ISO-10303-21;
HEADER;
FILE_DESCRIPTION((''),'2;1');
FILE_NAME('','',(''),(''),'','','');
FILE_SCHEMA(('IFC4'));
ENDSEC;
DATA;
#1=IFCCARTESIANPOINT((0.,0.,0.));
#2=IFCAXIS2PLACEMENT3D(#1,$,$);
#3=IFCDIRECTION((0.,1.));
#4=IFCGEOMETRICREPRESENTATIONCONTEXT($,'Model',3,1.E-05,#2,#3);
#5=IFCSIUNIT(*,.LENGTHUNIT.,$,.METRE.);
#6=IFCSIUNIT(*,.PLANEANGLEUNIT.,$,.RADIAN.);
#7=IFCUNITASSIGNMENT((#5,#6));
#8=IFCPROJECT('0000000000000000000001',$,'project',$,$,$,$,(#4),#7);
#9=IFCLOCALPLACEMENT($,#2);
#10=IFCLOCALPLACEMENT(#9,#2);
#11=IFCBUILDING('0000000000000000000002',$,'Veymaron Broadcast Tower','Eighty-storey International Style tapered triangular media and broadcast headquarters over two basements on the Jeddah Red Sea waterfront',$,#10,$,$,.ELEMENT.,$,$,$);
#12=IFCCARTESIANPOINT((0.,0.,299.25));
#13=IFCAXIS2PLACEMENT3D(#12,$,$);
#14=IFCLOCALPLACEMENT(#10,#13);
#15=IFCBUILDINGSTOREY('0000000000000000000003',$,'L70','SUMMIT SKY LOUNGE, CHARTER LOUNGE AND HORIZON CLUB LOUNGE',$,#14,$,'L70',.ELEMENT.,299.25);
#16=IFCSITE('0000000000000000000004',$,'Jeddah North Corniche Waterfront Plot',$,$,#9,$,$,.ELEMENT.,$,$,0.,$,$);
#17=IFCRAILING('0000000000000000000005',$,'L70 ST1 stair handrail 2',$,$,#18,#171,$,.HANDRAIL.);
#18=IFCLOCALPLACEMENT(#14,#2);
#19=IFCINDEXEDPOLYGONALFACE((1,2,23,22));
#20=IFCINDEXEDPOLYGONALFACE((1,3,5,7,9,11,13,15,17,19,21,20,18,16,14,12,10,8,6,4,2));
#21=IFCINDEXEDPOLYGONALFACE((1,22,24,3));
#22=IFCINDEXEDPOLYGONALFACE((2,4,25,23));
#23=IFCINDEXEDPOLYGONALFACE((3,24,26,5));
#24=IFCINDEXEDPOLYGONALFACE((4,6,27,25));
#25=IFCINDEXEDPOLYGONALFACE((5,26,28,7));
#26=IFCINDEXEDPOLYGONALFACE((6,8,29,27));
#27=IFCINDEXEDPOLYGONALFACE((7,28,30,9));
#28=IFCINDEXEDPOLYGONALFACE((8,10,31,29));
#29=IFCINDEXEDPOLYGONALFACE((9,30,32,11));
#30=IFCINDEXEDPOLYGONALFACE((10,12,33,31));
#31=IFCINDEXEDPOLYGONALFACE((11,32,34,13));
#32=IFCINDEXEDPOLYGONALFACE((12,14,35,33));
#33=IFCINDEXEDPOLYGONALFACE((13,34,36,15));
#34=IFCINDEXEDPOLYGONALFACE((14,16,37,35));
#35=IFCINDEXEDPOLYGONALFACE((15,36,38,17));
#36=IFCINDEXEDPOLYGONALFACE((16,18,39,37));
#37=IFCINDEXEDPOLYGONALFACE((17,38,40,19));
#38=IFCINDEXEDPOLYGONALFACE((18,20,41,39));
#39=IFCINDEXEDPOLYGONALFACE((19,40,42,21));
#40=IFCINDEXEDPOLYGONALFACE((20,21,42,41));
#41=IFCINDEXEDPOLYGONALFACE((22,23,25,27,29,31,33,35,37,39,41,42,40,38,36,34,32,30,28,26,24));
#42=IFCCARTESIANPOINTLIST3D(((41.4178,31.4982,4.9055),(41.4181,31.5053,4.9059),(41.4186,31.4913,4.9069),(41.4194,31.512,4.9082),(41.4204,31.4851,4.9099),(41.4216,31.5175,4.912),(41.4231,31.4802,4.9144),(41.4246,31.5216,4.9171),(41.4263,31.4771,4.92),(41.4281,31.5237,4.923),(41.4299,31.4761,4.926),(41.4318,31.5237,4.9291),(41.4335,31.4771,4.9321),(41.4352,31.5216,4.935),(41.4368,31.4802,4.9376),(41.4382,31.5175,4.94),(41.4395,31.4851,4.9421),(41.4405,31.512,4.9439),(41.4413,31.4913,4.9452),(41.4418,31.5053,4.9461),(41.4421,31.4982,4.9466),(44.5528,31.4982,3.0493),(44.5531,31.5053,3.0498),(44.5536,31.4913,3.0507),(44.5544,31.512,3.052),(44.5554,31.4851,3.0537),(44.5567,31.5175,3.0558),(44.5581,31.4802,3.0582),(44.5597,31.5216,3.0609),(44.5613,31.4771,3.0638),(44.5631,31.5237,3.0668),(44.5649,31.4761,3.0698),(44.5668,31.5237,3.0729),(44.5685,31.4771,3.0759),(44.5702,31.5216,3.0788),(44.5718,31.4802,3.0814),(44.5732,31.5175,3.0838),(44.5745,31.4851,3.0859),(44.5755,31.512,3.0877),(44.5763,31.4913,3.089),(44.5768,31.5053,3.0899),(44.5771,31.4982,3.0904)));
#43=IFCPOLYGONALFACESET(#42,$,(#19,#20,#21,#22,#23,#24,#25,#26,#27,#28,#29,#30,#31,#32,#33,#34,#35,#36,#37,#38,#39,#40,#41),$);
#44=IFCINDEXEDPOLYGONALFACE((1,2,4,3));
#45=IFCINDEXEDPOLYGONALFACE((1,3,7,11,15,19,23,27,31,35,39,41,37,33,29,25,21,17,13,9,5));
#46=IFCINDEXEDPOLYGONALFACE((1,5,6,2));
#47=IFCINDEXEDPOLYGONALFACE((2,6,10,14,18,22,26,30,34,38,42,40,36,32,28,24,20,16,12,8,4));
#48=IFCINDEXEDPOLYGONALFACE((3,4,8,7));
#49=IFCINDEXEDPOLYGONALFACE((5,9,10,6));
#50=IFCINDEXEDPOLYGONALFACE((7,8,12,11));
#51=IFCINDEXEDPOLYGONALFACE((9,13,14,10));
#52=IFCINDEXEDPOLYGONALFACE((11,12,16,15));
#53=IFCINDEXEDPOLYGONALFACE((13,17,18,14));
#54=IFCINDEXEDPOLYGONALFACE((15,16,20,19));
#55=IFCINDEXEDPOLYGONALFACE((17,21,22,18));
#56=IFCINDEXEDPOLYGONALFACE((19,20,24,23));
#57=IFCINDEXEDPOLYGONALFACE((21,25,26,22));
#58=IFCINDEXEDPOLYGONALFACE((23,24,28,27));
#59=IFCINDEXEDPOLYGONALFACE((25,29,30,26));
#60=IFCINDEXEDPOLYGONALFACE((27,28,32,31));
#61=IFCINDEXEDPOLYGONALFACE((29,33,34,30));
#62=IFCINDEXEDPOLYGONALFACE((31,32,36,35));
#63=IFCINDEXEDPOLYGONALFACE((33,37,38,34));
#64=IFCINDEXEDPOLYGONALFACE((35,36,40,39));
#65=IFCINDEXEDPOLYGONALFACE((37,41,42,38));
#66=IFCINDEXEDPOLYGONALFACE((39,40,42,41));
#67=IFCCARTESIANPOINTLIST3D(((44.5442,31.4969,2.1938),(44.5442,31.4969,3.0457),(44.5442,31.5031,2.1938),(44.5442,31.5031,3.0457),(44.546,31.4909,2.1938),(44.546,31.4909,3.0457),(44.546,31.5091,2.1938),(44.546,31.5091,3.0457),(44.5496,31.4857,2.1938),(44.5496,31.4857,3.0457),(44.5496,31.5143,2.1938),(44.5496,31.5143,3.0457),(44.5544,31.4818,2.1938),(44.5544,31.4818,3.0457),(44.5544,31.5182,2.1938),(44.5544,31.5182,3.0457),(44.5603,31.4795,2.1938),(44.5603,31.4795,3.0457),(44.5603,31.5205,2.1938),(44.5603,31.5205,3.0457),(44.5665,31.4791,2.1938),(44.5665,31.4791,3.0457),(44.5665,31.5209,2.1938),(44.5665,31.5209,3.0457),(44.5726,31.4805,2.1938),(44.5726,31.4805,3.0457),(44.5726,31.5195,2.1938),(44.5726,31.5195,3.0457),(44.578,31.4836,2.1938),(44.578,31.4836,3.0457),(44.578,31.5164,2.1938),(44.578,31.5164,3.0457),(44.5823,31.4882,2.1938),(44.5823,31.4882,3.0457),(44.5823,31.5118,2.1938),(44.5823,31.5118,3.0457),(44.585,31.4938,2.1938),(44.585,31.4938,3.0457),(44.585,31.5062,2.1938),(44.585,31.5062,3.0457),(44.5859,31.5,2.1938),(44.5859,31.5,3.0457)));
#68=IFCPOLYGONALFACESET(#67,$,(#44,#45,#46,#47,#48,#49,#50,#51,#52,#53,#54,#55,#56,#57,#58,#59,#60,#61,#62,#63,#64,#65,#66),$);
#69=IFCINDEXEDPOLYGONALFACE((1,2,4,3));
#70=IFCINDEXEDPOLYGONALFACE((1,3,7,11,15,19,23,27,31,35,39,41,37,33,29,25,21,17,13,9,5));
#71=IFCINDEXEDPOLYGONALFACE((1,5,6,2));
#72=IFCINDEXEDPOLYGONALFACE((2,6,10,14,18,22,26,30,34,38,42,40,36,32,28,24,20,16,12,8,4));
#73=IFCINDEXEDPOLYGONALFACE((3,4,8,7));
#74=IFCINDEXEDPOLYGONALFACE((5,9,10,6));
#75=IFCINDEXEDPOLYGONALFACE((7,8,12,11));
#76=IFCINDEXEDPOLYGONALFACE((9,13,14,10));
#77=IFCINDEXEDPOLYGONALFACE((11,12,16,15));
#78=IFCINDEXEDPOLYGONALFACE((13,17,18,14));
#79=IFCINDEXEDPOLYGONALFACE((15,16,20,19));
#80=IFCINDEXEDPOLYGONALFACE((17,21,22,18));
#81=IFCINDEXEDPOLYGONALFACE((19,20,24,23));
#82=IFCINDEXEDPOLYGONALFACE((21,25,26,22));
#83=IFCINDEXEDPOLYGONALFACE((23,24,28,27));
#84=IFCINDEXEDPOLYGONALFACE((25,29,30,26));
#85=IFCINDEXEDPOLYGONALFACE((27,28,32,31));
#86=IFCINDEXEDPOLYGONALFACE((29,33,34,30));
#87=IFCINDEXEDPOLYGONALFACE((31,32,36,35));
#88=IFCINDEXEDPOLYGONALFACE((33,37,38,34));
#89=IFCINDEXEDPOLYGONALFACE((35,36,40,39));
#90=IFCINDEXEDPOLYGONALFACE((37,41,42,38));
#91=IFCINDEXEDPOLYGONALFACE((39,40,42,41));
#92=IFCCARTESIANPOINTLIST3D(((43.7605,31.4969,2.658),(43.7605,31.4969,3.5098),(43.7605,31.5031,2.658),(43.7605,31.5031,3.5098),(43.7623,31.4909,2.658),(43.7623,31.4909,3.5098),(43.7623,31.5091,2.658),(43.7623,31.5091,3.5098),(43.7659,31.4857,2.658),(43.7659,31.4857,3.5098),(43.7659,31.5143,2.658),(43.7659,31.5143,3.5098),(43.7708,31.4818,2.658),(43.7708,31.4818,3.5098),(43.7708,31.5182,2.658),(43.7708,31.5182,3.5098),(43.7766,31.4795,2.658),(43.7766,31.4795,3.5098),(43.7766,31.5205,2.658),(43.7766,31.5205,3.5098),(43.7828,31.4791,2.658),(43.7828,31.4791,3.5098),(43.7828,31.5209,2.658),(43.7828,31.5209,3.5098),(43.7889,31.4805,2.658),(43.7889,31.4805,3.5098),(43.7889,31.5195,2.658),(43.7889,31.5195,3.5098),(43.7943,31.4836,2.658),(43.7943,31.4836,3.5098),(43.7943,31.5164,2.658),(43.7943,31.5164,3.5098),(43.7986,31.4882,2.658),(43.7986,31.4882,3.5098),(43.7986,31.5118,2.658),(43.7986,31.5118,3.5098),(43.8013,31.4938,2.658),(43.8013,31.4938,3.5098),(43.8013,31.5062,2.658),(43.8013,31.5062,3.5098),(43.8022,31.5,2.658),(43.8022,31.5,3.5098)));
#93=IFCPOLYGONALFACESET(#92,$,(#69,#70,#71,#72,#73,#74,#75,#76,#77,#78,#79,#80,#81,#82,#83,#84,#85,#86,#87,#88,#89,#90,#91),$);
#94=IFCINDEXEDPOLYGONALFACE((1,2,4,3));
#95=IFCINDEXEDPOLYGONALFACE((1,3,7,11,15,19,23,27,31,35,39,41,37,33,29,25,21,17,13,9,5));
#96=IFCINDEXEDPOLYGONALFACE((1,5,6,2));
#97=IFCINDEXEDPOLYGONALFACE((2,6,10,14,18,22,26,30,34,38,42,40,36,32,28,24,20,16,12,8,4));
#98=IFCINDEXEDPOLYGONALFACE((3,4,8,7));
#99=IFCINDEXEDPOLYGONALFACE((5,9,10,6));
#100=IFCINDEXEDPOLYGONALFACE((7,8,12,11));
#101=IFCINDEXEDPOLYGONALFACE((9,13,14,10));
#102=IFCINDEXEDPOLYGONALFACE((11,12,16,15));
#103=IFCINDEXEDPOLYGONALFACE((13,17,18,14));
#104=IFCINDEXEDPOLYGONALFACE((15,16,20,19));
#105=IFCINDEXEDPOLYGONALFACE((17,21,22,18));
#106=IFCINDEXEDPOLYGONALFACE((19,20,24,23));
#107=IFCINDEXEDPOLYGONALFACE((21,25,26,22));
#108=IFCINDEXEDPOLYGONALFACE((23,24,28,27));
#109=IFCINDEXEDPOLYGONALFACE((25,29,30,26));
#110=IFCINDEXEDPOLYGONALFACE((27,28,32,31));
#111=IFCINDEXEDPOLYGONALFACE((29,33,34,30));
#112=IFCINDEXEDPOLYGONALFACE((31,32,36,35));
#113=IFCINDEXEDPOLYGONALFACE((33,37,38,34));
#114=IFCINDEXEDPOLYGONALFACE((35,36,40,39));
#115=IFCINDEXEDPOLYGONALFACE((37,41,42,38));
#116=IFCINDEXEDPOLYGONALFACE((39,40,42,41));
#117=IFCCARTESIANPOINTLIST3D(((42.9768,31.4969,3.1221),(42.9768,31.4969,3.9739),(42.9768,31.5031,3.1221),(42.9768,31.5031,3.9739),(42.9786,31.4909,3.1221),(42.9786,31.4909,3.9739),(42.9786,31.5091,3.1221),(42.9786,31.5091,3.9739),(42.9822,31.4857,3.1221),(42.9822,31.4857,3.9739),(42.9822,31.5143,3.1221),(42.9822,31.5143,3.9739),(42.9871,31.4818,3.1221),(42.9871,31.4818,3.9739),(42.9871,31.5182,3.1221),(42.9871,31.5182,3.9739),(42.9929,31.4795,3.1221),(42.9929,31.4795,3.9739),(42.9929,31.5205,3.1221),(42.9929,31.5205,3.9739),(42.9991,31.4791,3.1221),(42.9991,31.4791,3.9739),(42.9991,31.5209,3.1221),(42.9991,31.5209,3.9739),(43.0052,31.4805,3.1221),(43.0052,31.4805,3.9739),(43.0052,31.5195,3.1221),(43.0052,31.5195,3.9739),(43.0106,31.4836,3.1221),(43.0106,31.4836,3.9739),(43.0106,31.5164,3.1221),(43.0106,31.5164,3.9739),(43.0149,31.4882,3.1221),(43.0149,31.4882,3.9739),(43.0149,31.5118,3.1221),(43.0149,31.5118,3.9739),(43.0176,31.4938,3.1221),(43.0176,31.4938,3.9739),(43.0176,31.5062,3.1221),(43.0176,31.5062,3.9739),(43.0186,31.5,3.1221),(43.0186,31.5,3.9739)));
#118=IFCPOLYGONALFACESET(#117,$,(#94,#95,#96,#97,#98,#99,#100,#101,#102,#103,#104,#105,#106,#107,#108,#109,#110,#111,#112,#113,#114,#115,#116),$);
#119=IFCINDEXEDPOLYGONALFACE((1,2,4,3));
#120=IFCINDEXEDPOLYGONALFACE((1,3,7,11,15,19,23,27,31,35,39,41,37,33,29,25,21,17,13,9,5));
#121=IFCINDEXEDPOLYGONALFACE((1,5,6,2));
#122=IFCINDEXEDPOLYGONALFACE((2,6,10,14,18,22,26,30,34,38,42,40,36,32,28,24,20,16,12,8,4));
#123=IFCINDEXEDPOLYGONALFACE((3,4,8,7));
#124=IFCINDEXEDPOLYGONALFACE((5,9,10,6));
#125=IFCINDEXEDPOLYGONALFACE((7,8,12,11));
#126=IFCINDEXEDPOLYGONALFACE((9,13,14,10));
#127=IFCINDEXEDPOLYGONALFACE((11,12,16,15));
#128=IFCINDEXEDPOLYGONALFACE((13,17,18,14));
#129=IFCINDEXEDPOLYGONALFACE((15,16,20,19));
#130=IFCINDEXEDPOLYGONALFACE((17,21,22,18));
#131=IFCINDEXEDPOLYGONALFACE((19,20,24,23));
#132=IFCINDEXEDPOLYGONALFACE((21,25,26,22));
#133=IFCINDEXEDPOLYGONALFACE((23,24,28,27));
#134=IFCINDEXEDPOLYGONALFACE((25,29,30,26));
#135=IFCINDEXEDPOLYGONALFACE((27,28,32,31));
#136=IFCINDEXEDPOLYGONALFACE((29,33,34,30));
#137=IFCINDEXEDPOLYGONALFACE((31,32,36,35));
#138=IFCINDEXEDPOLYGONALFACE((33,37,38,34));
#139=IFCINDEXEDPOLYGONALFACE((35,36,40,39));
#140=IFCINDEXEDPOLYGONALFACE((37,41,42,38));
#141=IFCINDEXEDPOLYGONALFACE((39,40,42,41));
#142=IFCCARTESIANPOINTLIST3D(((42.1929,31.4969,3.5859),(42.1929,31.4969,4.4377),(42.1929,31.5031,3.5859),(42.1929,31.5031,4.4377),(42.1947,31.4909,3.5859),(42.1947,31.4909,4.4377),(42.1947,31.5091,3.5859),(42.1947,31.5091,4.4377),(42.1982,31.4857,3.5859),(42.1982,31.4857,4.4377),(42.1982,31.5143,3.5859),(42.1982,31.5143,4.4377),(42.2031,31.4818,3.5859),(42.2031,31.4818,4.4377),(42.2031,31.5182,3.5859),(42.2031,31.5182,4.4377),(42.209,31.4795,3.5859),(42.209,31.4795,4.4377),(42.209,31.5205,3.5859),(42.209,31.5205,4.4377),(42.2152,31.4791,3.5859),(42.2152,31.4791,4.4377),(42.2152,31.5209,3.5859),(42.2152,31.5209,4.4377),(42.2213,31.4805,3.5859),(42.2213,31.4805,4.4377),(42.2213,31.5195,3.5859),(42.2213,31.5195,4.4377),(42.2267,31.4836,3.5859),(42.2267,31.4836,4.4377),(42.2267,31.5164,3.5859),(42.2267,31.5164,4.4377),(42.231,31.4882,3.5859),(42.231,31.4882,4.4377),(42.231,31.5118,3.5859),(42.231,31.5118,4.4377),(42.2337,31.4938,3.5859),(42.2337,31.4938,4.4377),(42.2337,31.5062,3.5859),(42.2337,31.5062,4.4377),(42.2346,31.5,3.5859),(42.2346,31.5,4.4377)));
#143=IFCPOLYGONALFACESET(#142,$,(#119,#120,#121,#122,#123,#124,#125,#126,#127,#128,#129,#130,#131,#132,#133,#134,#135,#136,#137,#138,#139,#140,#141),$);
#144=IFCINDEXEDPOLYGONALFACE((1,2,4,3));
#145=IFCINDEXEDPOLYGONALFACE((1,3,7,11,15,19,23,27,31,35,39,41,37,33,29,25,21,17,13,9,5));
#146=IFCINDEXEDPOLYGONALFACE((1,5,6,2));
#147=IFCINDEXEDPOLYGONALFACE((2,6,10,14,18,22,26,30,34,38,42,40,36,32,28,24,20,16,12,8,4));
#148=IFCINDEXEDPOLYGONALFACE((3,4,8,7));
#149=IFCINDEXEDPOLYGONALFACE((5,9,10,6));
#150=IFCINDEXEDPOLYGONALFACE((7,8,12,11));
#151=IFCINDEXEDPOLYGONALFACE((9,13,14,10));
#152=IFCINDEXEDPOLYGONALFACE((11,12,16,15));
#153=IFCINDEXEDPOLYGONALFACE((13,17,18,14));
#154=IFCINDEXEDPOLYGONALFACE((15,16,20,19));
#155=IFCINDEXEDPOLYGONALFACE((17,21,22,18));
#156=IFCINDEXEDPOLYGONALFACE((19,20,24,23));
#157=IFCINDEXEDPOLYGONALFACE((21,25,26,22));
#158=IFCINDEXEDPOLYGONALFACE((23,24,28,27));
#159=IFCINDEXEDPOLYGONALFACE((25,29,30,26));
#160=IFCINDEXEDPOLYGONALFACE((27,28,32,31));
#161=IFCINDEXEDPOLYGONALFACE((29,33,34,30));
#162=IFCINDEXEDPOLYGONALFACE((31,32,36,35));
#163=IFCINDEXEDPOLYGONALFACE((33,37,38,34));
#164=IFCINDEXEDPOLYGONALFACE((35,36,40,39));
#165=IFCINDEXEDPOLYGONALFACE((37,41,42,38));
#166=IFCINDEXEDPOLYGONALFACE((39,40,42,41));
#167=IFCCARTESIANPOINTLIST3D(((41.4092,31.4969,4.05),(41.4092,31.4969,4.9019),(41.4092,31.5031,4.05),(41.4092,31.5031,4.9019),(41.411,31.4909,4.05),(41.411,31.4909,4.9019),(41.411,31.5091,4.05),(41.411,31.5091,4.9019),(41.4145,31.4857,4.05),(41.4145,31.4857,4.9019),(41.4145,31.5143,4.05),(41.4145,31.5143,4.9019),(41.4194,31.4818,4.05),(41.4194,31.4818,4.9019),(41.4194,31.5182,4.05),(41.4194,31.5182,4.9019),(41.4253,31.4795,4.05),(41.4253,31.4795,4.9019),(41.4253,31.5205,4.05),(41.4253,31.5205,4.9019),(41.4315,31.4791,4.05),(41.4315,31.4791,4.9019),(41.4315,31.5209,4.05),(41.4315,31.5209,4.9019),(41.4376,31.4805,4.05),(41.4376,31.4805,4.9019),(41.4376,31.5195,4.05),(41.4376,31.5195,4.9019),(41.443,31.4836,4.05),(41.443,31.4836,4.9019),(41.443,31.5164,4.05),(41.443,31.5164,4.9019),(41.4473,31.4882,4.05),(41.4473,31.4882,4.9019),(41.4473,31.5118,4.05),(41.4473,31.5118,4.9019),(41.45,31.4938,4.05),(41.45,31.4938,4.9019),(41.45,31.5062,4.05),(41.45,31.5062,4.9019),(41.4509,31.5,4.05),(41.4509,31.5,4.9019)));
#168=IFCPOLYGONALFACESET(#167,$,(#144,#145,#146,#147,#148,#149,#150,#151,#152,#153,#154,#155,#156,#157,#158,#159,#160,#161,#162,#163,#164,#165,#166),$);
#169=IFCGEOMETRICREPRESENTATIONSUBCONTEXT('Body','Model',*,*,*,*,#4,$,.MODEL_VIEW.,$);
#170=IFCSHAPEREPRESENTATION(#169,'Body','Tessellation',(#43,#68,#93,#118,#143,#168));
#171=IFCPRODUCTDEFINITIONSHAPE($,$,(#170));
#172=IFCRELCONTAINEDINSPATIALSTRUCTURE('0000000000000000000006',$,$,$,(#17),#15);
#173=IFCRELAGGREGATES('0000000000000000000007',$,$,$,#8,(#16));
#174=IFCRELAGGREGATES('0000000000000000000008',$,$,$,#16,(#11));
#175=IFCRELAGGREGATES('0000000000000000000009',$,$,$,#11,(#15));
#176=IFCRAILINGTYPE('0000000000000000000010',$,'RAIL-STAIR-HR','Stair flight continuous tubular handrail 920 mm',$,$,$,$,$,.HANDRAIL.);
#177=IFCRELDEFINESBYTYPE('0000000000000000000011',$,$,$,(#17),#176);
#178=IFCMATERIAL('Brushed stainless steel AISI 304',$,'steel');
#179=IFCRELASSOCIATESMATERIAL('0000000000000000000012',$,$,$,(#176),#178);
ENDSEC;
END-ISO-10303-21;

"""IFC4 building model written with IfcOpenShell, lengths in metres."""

from ifc_helpers import new_model, si_unit, direction, frame, origin, origin_2d, place, context, subcontext, project, spatial, circle, extrude, material, type_object, element, save


model = new_model("IFC4")

# Units and contexts
model_context = context("Model", 3, precision=1e-05, world=origin(), true_north=direction((0.0, 1.0)))
body_context = subcontext(model_context, "Body", "Model", "MODEL_VIEW")
ifc_project = project(units=[si_unit("LENGTHUNIT", "METRE"), si_unit("PLANEANGLEUNIT", "RADIAN")], contexts=[model_context])

# Site, building, storey
site_placement = place(None, origin())
site = spatial("IfcSite", under=ifc_project, at=site_placement, Name="Jeddah North Corniche Waterfront Plot", CompositionType="ELEMENT", RefElevation=0.0)
building_placement = place(site_placement, origin())
building = spatial("IfcBuilding", under=site, at=building_placement, Name="Veymaron Broadcast Tower", Description="Eighty-storey International Style tapered triangular media and broadcast headquarters over two basements on the Jeddah Red Sea waterfront", CompositionType="ELEMENT")
storey_placement = place(building_placement, frame((0.0, 0.0, 299.25)))
storey = spatial("IfcBuildingStorey", under=building, at=storey_placement, Name="L70", Description="SUMMIT SKY LOUNGE, CHARTER LOUNGE AND HORIZON CLUB LOUNGE", LongName="L70", CompositionType="ELEMENT", Elevation=299.25)

# Shared definitions
ifc_material_1 = material(Name="Brushed stainless steel AISI 304", Category="steel")

# Railing
railing_type_1 = type_object("IfcRailingType", Name="RAIL-STAIR-HR", Description="Stair flight continuous tubular handrail 920 mm", PredefinedType="HANDRAIL", material=ifc_material_1)
railing_1_placement = place(storey_placement, frame((44.5649, 31.5, 2.1938)))
element("IfcRailing", 1, at=railing_1_placement, inside=storey, type_object=railing_type_1, Name="L70 ST1 stair handrail 2", PredefinedType="HANDRAIL", context=body_context, shape_type="SweptSolid", body=[
    extrude(circle(Radius=0.0239, at=origin_2d()), frame((0.0, 0.0, 0.876), z_axis=(-0.860482, 0.0, 0.509481), x_axis=(0.0, -1.0, 0.0)), (0.0, 0.0, 1.0), 3.6433),
    extrude(circle(Radius=0.021, at=origin_2d()), origin(), (0.0, 0.0, 1.0), 0.8518),
    extrude(circle(Radius=0.021, at=origin_2d()), frame((-0.7837, 0.0, 0.4641)), (0.0, 0.0, 1.0), 0.8518),
    extrude(circle(Radius=0.021, at=origin_2d()), frame((-1.5674, 0.0, 0.9282)), (0.0, 0.0, 1.0), 0.8518),
    extrude(circle(Radius=0.021, at=origin_2d()), frame((-2.3513, 0.0, 1.3921)), (0.0, 0.0, 1.0), 0.8518),
    extrude(circle(Radius=0.021, at=origin_2d()), frame((-3.135, 0.0, 1.8562)), (0.0, 0.0, 1.0), 0.8518),
])

save(model, "model.ifc")
